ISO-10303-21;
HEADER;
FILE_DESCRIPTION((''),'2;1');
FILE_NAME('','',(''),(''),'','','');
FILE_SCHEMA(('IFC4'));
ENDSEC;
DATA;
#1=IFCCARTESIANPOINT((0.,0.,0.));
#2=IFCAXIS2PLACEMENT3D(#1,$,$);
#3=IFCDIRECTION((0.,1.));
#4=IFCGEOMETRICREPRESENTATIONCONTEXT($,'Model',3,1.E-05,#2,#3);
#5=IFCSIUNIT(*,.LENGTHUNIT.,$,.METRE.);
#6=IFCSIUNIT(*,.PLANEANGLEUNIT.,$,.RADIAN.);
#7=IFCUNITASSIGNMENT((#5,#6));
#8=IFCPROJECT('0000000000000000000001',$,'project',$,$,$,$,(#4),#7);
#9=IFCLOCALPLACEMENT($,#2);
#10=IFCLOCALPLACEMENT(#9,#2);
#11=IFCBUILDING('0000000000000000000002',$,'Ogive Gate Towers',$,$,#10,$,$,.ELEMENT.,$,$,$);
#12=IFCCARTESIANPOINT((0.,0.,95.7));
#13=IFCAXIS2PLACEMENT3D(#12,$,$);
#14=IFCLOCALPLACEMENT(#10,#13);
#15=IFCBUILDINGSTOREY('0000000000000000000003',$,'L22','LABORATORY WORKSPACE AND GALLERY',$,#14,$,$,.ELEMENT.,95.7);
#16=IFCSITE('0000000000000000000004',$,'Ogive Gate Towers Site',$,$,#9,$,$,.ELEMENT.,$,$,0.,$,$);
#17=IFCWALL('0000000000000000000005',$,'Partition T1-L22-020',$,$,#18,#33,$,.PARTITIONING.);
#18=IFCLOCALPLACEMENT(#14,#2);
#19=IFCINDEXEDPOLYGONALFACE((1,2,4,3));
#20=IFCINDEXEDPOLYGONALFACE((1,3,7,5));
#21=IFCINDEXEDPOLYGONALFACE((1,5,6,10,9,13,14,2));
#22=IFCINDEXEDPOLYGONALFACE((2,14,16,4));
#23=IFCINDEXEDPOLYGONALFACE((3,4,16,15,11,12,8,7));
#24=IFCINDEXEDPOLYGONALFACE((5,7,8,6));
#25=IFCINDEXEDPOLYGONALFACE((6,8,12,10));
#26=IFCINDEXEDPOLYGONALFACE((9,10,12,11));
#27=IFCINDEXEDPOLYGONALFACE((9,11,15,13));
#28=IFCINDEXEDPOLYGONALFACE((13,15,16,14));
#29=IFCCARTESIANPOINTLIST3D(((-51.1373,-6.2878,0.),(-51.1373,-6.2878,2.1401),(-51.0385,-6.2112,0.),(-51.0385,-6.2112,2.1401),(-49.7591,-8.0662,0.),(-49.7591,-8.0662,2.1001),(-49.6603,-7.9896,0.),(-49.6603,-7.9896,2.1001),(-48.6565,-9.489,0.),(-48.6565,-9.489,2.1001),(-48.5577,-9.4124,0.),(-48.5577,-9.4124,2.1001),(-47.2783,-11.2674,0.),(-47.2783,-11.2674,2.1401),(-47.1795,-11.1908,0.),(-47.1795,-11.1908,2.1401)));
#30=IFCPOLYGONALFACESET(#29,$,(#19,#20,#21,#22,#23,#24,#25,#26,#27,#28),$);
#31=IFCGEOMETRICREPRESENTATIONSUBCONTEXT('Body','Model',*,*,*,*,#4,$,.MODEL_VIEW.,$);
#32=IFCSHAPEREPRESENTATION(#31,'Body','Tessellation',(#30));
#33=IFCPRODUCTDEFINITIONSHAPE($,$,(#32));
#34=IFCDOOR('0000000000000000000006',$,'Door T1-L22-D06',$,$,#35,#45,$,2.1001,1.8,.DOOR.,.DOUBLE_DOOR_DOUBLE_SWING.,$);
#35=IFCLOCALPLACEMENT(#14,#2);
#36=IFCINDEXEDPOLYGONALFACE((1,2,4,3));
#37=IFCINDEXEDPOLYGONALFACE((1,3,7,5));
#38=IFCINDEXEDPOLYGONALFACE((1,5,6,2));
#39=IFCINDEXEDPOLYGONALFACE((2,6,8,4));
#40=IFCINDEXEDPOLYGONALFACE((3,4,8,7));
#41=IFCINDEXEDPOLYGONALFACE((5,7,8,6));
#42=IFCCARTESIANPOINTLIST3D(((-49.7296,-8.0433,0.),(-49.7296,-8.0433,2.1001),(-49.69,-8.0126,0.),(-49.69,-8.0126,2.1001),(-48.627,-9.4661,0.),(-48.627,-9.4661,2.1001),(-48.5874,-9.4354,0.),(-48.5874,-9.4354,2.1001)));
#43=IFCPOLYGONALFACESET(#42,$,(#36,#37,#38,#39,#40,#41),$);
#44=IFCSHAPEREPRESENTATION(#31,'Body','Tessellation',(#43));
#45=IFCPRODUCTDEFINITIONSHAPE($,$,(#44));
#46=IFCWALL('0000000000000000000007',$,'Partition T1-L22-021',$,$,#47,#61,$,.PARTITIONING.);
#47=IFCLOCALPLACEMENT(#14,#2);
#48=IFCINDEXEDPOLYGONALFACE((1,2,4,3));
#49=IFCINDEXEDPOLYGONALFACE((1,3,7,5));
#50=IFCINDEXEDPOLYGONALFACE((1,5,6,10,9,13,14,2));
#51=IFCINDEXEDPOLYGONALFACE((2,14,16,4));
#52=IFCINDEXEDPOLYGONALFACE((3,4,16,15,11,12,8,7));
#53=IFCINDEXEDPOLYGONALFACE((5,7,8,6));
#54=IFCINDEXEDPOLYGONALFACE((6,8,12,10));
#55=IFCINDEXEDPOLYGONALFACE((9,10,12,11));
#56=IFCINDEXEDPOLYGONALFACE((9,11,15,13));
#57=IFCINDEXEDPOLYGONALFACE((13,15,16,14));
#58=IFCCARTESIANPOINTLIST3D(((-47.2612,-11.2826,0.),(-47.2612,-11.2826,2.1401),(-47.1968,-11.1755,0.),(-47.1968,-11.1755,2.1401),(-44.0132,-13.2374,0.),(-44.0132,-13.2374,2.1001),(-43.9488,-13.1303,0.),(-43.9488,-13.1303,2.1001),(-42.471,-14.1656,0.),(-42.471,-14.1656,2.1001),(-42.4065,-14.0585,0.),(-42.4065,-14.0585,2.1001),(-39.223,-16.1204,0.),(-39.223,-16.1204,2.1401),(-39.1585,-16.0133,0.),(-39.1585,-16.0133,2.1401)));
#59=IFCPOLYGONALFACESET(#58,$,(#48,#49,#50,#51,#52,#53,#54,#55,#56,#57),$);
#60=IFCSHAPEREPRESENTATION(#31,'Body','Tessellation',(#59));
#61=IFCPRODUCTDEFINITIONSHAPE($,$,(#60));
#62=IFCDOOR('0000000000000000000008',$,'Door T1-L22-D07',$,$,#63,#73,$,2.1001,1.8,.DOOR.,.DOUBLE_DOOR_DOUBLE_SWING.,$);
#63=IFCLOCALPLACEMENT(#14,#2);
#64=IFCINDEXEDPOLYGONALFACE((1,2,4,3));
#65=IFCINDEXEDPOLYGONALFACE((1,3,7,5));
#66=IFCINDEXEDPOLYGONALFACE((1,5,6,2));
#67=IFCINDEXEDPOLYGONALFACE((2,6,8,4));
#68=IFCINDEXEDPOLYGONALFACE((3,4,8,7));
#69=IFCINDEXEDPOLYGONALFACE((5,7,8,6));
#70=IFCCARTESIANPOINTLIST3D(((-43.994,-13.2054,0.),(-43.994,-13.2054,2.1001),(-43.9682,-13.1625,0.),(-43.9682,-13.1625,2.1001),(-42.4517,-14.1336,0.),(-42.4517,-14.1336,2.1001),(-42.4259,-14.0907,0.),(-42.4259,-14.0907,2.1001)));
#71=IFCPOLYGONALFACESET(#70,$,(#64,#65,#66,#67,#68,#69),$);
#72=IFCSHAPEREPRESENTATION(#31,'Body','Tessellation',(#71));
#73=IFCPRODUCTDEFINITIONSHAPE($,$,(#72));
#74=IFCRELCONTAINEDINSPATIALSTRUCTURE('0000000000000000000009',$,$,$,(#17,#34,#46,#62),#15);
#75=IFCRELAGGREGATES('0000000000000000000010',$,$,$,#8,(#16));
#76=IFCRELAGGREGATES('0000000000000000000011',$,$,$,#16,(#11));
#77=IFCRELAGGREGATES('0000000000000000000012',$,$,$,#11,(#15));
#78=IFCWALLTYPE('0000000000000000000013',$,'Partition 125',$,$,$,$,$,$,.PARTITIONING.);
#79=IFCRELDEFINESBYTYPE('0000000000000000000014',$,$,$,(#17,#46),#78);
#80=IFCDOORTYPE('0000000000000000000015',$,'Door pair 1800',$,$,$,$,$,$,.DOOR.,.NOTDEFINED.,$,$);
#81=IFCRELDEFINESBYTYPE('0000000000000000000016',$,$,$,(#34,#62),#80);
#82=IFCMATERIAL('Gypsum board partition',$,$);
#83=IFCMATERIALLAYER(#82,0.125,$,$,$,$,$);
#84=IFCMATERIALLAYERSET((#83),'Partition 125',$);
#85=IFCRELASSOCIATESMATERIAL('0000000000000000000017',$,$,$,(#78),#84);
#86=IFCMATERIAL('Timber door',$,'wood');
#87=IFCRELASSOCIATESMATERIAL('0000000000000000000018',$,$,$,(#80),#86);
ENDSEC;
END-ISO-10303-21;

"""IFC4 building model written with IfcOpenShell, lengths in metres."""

from ifc_helpers import new_model, si_unit, direction, frame, frame_2d, origin, place, context, subcontext, project, spatial, rectangle, extrude, material, layer, layer_set, type_object, element, fill, save


model = new_model("IFC4")

# Units and contexts
model_context = context("Model", 3, precision=1e-05, world=origin(), true_north=direction((0.0, 1.0)))
body_context = subcontext(model_context, "Body", "Model", "MODEL_VIEW")
ifc_project = project(units=[si_unit("LENGTHUNIT", "METRE"), si_unit("PLANEANGLEUNIT", "RADIAN")], contexts=[model_context])

# Site, building, storey
site_placement = place(None, origin())
site = spatial("IfcSite", under=ifc_project, at=site_placement, Name="Ogive Gate Towers Site", CompositionType="ELEMENT", RefElevation=0.0)
building_placement = place(site_placement, origin())
building = spatial("IfcBuilding", under=site, at=building_placement, Name="Ogive Gate Towers", CompositionType="ELEMENT")
storey_placement = place(building_placement, frame((0.0, 0.0, 95.7)))
storey = spatial("IfcBuildingStorey", under=building, at=storey_placement, Name="L22", Description="LABORATORY WORKSPACE AND GALLERY", CompositionType="ELEMENT", Elevation=95.7)

# Shared definitions
ifc_material_1 = material(Name="Gypsum board partition")
ifc_layer = layer(ifc_material_1, 0.125)
ifc_layer_set = layer_set([ifc_layer], Name="Partition 125")
wall_type = type_object("IfcWallType", Name="Partition 125", PredefinedType="PARTITIONING", material=ifc_layer_set)

# Walls, openings, doors
wall_1_placement = place(storey_placement, frame((-51.0879, -6.2495, 0.0), z_axis=(0.0, 0.0, 1.0), x_axis=(0.61255, -0.790432, 0.0)))
wall_1 = element("IfcWall", 1, at=wall_1_placement, inside=storey, type_object=wall_type, Name="Partition T1-L22-020", PredefinedType="PARTITIONING", context=body_context, shape_type="SweptSolid", body=[
    extrude(rectangle(XDim=6.2998, YDim=0.125, at=frame_2d((3.1499, 0.0))), origin(), (0.0, 0.0, 1.0), 2.1401),
])
opening_1_placement = place(wall_1_placement, frame((2.25, 0.0, 0.0)))
opening_1 = element("IfcOpeningElement", 2, at=opening_1_placement, cuts=wall_1, PredefinedType="OPENING", context=body_context, shape_type="SweptSolid", body=[
    extrude(rectangle(XDim=1.8, YDim=2.1001, at=frame_2d((0.8999, 1.05))), frame((0.0, 0.0725, 0.0), z_axis=(0.0, -1.0, 0.0), x_axis=(1.0, 0.0, 0.0)), (0.0, 0.0, 1.0), 0.145),
])
ifc_material_2 = material(Name="Timber door", Category="wood")
door_type = type_object("IfcDoorType", Name="Door pair 1800", OperationType="NOTDEFINED", PredefinedType="DOOR", material=ifc_material_2)
door_1_placement = place(opening_1_placement, origin())
door_1 = element("IfcDoor", 3, at=door_1_placement, inside=storey, type_object=door_type, Name="Door T1-L22-D06", OperationType="DOUBLE_DOOR_DOUBLE_SWING", OverallHeight=2.1001, OverallWidth=1.8, PredefinedType="DOOR", context=body_context, shape_type="SweptSolid", body=[
    extrude(rectangle(XDim=1.8, YDim=2.1001, at=frame_2d((0.8999, 1.05))), frame((0.0, 0.0249, 0.0), z_axis=(0.0, -1.0, 0.0), x_axis=(1.0, 0.0, 0.0)), (0.0, 0.0, 1.0), 0.05),
])
fill(opening_1, door_1)
wall_2_placement = place(storey_placement, frame((-47.229, -11.229, 0.0), z_axis=(0.0, 0.0, 1.0), x_axis=(0.856792, -0.515662, 0.0)))
wall_2 = element("IfcWall", 4, at=wall_2_placement, inside=storey, type_object=wall_type, Name="Partition T1-L22-021", PredefinedType="PARTITIONING", context=body_context, shape_type="SweptSolid", body=[
    extrude(rectangle(XDim=9.3818, YDim=0.125, at=frame_2d((4.6909, 0.0))), origin(), (0.0, 0.0, 1.0), 2.1401),
])
opening_2_placement = place(wall_2_placement, frame((3.791, 0.0, 0.0)))
opening_2 = element("IfcOpeningElement", 5, at=opening_2_placement, cuts=wall_2, PredefinedType="OPENING", context=body_context, shape_type="SweptSolid", body=[
    extrude(rectangle(XDim=1.8, YDim=2.1001, at=frame_2d((0.8999, 1.05))), frame((0.0, 0.0725, 0.0), z_axis=(0.0, -1.0, 0.0), x_axis=(1.0, 0.0, 0.0)), (0.0, 0.0, 1.0), 0.145),
])
door_2_placement = place(opening_2_placement, origin())
door_2 = element("IfcDoor", 6, at=door_2_placement, inside=storey, type_object=door_type, Name="Door T1-L22-D07", OperationType="DOUBLE_DOOR_DOUBLE_SWING", OverallHeight=2.1001, OverallWidth=1.8, PredefinedType="DOOR", context=body_context, shape_type="SweptSolid", body=[
    extrude(rectangle(XDim=1.8, YDim=2.1001, at=frame_2d((0.8999, 1.05))), frame((0.0, 0.0249, 0.0), z_axis=(0.0, -1.0, 0.0), x_axis=(1.0, 0.0, 0.0)), (0.0, 0.0, 1.0), 0.05),
])
fill(opening_2, door_2)

save(model, "model.ifc")
